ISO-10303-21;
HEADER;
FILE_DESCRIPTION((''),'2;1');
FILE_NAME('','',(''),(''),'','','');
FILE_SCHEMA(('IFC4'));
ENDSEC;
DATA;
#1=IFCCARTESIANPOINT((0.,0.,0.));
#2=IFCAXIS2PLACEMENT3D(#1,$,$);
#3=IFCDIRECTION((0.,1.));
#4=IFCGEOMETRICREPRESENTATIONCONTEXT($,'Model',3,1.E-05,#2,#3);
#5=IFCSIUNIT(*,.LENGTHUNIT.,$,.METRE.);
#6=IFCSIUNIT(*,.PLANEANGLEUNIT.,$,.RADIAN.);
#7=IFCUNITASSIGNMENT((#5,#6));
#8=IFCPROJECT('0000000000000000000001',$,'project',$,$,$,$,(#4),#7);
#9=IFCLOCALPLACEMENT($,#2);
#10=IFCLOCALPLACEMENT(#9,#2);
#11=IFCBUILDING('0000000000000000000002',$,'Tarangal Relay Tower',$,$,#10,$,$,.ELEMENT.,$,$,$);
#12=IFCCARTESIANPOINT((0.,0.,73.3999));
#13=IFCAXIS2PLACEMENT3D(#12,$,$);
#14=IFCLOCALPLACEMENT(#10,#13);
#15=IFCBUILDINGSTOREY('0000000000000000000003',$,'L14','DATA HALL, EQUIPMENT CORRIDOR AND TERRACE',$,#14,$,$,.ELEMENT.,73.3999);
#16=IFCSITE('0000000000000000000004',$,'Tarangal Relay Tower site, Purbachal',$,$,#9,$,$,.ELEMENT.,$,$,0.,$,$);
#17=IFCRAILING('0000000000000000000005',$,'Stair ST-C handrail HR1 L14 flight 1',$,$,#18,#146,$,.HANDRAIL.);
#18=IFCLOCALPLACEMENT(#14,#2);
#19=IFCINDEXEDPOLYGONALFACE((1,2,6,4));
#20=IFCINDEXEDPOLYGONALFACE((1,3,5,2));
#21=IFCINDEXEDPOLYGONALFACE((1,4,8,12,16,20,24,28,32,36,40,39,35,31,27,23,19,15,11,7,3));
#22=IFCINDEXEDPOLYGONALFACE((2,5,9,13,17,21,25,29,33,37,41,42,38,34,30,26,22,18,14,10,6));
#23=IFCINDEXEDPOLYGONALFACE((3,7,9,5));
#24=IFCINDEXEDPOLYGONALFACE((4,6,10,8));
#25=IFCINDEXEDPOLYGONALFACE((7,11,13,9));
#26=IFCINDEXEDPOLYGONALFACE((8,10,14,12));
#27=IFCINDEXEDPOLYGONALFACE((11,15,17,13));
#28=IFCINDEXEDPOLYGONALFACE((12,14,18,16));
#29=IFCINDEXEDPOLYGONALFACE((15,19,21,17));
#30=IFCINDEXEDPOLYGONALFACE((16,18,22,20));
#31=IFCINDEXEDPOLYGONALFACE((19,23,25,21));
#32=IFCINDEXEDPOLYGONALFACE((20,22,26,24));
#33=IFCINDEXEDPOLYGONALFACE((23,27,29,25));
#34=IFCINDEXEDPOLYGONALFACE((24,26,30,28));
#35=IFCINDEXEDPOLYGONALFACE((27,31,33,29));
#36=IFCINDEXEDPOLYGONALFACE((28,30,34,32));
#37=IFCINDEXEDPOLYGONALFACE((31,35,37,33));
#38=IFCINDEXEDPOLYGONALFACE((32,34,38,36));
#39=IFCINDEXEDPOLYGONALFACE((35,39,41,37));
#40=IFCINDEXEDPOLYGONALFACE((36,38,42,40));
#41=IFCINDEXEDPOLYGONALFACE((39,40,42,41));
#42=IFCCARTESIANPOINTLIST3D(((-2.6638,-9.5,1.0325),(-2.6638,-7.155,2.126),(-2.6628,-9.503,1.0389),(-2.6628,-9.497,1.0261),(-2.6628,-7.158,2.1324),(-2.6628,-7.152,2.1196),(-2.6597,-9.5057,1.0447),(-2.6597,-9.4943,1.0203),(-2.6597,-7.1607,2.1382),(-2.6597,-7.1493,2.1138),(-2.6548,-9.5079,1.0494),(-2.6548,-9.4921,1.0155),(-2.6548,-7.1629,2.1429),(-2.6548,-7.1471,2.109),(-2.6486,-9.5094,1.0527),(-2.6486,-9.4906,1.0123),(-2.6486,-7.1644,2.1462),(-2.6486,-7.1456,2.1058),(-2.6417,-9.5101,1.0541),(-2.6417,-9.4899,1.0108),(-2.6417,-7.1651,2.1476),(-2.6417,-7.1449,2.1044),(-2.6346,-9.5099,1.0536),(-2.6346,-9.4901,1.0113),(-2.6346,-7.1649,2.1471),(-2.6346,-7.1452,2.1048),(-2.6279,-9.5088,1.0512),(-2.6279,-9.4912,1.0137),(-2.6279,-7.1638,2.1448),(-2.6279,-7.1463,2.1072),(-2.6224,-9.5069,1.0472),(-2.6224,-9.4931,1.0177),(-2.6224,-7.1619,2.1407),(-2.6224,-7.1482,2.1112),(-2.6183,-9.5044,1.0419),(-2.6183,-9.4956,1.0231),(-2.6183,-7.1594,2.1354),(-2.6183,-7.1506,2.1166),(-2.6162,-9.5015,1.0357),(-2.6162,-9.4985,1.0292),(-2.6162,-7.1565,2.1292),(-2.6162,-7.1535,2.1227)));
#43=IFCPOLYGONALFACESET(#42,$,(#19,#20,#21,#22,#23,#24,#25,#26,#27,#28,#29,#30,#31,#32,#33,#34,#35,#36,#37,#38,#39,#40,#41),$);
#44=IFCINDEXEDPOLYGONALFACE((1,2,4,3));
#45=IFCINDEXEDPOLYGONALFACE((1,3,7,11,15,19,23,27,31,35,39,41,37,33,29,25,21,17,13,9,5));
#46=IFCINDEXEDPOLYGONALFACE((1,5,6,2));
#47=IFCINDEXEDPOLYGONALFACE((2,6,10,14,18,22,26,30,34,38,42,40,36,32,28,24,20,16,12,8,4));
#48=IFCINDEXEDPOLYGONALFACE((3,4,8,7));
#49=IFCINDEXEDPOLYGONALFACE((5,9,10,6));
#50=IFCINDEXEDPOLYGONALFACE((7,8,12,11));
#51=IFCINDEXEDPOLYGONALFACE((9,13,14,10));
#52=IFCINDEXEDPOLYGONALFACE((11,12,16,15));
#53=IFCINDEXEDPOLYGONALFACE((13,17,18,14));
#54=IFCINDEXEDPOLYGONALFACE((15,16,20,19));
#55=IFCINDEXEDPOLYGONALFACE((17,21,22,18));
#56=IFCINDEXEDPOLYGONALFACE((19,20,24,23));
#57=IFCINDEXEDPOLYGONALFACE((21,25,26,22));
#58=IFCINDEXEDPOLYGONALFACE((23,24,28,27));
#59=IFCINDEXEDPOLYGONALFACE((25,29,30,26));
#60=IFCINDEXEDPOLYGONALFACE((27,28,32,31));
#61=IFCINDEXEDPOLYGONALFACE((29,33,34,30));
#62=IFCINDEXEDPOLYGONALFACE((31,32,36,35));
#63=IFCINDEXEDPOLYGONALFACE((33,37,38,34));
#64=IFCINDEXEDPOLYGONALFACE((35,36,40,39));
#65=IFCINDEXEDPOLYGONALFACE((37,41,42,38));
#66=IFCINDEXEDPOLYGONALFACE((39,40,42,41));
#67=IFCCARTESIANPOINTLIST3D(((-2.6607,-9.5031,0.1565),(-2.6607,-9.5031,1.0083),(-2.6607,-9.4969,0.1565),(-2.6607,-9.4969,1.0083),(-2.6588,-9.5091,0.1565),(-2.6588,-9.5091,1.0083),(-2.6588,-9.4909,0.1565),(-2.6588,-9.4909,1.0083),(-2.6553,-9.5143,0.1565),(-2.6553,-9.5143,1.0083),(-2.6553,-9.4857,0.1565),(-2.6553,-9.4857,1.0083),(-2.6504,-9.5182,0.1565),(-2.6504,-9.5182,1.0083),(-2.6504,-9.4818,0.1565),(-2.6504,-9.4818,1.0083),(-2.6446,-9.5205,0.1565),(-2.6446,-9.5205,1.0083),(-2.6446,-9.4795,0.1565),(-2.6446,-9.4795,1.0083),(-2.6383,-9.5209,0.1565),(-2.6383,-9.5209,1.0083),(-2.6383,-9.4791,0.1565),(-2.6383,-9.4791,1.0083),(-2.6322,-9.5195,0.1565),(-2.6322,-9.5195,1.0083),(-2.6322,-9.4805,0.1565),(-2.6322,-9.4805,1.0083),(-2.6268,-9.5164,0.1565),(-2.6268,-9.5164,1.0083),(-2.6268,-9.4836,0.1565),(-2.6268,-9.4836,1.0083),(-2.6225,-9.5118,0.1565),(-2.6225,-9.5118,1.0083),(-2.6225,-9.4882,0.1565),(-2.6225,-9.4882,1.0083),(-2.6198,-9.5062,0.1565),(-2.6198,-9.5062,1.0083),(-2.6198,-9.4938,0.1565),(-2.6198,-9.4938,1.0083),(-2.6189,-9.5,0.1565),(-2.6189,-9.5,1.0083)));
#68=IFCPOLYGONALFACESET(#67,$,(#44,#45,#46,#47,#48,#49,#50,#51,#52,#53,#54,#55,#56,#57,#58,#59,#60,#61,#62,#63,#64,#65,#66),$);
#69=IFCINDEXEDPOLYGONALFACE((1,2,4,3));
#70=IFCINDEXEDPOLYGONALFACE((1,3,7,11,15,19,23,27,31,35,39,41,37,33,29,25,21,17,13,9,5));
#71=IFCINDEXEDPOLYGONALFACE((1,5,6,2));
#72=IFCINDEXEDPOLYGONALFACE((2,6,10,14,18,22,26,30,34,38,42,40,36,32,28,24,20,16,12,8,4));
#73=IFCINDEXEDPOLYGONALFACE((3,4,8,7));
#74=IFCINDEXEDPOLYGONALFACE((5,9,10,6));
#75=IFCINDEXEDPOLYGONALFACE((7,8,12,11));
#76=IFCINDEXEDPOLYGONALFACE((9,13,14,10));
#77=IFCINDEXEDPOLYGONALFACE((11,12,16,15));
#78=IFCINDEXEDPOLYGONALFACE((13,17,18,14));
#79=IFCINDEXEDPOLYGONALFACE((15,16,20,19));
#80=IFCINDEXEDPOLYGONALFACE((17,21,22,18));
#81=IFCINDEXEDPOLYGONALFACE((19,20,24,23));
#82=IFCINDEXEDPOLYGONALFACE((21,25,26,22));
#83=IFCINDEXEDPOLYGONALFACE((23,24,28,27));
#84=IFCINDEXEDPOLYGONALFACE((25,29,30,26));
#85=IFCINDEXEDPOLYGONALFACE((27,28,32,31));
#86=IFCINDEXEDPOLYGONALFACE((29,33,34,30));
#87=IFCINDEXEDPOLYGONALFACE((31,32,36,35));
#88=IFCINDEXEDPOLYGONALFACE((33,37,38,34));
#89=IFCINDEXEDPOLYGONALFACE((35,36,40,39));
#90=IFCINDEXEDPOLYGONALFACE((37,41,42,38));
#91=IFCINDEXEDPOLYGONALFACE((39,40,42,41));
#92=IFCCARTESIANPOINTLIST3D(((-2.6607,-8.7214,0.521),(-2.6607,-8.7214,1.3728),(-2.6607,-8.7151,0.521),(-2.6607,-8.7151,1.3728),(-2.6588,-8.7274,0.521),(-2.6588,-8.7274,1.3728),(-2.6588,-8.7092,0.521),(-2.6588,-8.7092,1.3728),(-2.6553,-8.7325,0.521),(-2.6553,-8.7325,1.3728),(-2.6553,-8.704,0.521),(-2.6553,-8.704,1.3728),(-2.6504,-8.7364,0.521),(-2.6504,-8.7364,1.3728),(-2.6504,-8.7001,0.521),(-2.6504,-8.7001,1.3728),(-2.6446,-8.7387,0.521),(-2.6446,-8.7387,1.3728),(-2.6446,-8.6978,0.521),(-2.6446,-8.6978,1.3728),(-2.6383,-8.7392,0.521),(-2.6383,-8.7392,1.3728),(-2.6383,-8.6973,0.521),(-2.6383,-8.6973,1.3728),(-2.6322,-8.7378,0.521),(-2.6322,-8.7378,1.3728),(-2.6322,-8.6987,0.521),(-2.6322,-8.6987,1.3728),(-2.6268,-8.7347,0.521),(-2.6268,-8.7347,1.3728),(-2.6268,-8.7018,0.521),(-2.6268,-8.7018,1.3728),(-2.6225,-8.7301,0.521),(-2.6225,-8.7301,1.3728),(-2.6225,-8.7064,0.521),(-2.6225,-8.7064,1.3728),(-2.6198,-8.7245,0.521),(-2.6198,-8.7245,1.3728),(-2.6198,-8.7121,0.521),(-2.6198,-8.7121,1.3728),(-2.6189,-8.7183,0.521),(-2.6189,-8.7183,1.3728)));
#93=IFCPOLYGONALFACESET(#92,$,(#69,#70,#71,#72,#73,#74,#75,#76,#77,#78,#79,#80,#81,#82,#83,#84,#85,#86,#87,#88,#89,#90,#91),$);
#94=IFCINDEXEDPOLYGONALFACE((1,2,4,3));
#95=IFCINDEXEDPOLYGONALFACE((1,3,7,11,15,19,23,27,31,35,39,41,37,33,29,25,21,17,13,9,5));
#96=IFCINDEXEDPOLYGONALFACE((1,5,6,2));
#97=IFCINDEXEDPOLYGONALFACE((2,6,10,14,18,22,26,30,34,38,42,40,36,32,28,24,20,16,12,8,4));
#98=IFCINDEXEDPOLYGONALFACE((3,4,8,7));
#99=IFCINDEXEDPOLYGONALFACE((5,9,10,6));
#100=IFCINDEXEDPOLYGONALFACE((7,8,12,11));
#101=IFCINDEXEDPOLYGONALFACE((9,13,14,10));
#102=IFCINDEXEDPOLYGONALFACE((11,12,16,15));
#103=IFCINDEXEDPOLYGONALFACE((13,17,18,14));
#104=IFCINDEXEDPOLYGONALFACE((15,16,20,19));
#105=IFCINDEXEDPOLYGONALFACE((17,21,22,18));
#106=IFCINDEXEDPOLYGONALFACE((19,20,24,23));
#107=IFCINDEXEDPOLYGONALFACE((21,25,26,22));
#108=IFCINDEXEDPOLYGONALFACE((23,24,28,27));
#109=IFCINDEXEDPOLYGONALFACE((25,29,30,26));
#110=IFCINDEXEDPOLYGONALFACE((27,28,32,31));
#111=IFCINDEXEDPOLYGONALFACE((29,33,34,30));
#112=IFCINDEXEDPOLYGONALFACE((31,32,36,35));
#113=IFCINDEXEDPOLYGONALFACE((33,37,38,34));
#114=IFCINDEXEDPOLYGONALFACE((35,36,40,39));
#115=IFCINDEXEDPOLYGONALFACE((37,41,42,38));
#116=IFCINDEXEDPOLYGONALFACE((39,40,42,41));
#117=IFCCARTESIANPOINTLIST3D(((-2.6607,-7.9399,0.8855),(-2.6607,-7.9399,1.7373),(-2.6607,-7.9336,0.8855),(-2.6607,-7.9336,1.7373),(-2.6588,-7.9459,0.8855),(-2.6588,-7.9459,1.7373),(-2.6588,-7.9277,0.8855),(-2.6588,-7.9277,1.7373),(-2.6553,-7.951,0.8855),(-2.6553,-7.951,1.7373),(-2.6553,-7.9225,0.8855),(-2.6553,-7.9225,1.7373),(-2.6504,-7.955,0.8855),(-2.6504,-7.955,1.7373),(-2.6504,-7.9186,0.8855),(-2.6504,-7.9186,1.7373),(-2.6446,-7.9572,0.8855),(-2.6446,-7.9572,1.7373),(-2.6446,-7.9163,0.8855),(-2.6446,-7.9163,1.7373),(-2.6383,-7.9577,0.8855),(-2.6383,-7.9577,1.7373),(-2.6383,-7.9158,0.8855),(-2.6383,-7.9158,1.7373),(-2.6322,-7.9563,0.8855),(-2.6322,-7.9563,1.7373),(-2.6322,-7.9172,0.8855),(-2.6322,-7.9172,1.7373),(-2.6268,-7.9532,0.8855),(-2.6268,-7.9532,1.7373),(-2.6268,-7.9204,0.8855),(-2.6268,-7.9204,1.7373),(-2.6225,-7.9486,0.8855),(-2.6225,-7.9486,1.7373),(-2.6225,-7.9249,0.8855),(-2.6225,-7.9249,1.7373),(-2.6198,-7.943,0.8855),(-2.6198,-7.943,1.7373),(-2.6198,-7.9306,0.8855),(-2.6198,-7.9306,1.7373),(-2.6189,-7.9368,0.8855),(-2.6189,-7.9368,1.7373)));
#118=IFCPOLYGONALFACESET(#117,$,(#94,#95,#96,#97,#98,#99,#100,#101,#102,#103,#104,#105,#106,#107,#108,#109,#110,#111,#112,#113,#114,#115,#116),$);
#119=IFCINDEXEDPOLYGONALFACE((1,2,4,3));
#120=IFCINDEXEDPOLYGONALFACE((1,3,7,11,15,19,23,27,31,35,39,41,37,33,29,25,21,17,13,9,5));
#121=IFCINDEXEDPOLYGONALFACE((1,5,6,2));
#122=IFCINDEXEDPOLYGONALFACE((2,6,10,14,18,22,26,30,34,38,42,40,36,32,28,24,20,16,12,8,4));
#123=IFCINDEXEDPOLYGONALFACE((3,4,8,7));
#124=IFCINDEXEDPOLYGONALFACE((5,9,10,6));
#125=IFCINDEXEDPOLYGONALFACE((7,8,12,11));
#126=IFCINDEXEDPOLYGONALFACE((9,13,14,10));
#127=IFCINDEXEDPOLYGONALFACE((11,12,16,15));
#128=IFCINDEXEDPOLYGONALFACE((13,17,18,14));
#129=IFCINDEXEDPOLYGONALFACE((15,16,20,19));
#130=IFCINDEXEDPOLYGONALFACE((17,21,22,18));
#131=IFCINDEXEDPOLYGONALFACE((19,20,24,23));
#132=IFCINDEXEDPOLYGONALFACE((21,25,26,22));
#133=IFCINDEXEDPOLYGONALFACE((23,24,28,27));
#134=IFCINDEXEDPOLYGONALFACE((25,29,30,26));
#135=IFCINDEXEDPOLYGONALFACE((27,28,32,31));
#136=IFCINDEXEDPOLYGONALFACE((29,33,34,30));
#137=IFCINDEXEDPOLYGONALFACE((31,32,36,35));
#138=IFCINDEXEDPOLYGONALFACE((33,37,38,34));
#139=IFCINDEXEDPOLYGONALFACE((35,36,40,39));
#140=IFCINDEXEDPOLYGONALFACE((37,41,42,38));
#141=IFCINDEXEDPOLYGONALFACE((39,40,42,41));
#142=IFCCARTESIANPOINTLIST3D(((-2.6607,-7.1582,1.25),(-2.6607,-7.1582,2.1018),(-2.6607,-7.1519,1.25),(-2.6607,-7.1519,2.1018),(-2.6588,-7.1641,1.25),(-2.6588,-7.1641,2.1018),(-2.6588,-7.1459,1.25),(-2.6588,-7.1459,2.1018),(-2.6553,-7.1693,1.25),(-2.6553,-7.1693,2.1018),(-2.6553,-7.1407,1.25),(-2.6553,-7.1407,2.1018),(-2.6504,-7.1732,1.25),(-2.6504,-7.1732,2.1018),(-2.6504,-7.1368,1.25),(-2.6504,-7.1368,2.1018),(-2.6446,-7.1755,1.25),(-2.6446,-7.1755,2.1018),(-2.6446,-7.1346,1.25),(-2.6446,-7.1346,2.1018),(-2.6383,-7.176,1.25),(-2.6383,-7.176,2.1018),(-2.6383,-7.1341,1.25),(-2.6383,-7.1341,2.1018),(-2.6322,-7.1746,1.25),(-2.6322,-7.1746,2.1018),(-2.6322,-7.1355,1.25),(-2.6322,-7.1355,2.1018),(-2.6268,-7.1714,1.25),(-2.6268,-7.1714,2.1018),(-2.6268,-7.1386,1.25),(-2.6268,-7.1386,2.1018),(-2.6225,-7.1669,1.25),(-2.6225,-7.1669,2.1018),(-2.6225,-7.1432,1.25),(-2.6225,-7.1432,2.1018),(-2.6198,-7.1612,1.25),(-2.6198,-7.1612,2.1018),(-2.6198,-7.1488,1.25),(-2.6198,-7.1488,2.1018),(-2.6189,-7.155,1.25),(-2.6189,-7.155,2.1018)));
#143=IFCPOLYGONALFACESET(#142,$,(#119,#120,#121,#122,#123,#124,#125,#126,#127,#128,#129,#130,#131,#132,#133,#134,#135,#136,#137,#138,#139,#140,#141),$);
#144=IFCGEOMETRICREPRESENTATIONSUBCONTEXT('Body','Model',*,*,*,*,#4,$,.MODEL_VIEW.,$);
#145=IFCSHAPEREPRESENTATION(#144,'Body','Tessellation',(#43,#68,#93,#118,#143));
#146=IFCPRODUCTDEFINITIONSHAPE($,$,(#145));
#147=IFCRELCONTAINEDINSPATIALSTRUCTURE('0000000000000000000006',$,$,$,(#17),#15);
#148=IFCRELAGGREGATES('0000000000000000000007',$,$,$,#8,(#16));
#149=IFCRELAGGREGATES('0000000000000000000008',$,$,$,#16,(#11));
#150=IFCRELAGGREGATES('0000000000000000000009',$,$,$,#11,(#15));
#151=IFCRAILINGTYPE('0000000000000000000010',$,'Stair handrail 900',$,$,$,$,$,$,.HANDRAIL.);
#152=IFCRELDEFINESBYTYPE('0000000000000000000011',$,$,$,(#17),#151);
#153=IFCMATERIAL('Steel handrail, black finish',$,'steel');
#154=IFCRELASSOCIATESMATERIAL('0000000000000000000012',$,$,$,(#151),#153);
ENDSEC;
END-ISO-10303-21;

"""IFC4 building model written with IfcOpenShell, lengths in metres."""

from ifc_helpers import new_model, si_unit, direction, frame, origin, origin_2d, place, context, subcontext, project, spatial, circle, extrude, material, type_object, element, save


model = new_model("IFC4")

# Units and contexts
model_context = context("Model", 3, precision=1e-05, world=origin(), true_north=direction((0.0, 1.0)))
body_context = subcontext(model_context, "Body", "Model", "MODEL_VIEW")
ifc_project = project(units=[si_unit("LENGTHUNIT", "METRE"), si_unit("PLANEANGLEUNIT", "RADIAN")], contexts=[model_context])

# Site, building, storey
site_placement = place(None, origin())
site = spatial("IfcSite", under=ifc_project, at=site_placement, Name="Tarangal Relay Tower site, Purbachal", CompositionType="ELEMENT", RefElevation=0.0)
building_placement = place(site_placement, origin())
building = spatial("IfcBuilding", under=site, at=building_placement, Name="Tarangal Relay Tower", CompositionType="ELEMENT")
storey_placement = place(building_placement, frame((0.0, 0.0, 73.3999)))
storey = spatial("IfcBuildingStorey", under=building, at=storey_placement, Name="L14", Description="DATA HALL, EQUIPMENT CORRIDOR AND TERRACE", CompositionType="ELEMENT", Elevation=73.3999)

# Railing
ifc_material_1 = material(Name="Steel handrail, black finish", Category="steel")
railing_type_1 = type_object("IfcRailingType", Name="Stair handrail 900", PredefinedType="HANDRAIL", material=ifc_material_1)
for number, where, name in (
    (1, (-2.6399, -9.5, 0.1565), "Stair ST-C handrail HR1 L14 flight 1"),
):
    element("IfcRailing", number, at=place(storey_placement, frame(where)), inside=storey, type_object=railing_type_1, Name=name, PredefinedType="HANDRAIL", context=body_context, shape_type="SweptSolid", body=[
        extrude(circle(Radius=0.0239, at=origin_2d()), frame((0.0, 0.0, 0.876), z_axis=(0.0, 0.906304, 0.422627), x_axis=(-1.0, 0.0, 0.0)), (0.0, 0.0, 1.0), 2.5874),
        extrude(circle(Radius=0.021, at=origin_2d()), origin(), (0.0, 0.0, 1.0), 0.8518),
        extrude(circle(Radius=0.021, at=origin_2d()), frame((0.0, 0.7817, 0.3645)), (0.0, 0.0, 1.0), 0.8518),
        extrude(circle(Radius=0.021, at=origin_2d()), frame((0.0, 1.5632, 0.729)), (0.0, 0.0, 1.0), 0.8518),
        extrude(circle(Radius=0.021, at=origin_2d()), frame((0.0, 2.345, 1.0935)), (0.0, 0.0, 1.0), 0.8518),
    ])

save(model, "model.ifc")
